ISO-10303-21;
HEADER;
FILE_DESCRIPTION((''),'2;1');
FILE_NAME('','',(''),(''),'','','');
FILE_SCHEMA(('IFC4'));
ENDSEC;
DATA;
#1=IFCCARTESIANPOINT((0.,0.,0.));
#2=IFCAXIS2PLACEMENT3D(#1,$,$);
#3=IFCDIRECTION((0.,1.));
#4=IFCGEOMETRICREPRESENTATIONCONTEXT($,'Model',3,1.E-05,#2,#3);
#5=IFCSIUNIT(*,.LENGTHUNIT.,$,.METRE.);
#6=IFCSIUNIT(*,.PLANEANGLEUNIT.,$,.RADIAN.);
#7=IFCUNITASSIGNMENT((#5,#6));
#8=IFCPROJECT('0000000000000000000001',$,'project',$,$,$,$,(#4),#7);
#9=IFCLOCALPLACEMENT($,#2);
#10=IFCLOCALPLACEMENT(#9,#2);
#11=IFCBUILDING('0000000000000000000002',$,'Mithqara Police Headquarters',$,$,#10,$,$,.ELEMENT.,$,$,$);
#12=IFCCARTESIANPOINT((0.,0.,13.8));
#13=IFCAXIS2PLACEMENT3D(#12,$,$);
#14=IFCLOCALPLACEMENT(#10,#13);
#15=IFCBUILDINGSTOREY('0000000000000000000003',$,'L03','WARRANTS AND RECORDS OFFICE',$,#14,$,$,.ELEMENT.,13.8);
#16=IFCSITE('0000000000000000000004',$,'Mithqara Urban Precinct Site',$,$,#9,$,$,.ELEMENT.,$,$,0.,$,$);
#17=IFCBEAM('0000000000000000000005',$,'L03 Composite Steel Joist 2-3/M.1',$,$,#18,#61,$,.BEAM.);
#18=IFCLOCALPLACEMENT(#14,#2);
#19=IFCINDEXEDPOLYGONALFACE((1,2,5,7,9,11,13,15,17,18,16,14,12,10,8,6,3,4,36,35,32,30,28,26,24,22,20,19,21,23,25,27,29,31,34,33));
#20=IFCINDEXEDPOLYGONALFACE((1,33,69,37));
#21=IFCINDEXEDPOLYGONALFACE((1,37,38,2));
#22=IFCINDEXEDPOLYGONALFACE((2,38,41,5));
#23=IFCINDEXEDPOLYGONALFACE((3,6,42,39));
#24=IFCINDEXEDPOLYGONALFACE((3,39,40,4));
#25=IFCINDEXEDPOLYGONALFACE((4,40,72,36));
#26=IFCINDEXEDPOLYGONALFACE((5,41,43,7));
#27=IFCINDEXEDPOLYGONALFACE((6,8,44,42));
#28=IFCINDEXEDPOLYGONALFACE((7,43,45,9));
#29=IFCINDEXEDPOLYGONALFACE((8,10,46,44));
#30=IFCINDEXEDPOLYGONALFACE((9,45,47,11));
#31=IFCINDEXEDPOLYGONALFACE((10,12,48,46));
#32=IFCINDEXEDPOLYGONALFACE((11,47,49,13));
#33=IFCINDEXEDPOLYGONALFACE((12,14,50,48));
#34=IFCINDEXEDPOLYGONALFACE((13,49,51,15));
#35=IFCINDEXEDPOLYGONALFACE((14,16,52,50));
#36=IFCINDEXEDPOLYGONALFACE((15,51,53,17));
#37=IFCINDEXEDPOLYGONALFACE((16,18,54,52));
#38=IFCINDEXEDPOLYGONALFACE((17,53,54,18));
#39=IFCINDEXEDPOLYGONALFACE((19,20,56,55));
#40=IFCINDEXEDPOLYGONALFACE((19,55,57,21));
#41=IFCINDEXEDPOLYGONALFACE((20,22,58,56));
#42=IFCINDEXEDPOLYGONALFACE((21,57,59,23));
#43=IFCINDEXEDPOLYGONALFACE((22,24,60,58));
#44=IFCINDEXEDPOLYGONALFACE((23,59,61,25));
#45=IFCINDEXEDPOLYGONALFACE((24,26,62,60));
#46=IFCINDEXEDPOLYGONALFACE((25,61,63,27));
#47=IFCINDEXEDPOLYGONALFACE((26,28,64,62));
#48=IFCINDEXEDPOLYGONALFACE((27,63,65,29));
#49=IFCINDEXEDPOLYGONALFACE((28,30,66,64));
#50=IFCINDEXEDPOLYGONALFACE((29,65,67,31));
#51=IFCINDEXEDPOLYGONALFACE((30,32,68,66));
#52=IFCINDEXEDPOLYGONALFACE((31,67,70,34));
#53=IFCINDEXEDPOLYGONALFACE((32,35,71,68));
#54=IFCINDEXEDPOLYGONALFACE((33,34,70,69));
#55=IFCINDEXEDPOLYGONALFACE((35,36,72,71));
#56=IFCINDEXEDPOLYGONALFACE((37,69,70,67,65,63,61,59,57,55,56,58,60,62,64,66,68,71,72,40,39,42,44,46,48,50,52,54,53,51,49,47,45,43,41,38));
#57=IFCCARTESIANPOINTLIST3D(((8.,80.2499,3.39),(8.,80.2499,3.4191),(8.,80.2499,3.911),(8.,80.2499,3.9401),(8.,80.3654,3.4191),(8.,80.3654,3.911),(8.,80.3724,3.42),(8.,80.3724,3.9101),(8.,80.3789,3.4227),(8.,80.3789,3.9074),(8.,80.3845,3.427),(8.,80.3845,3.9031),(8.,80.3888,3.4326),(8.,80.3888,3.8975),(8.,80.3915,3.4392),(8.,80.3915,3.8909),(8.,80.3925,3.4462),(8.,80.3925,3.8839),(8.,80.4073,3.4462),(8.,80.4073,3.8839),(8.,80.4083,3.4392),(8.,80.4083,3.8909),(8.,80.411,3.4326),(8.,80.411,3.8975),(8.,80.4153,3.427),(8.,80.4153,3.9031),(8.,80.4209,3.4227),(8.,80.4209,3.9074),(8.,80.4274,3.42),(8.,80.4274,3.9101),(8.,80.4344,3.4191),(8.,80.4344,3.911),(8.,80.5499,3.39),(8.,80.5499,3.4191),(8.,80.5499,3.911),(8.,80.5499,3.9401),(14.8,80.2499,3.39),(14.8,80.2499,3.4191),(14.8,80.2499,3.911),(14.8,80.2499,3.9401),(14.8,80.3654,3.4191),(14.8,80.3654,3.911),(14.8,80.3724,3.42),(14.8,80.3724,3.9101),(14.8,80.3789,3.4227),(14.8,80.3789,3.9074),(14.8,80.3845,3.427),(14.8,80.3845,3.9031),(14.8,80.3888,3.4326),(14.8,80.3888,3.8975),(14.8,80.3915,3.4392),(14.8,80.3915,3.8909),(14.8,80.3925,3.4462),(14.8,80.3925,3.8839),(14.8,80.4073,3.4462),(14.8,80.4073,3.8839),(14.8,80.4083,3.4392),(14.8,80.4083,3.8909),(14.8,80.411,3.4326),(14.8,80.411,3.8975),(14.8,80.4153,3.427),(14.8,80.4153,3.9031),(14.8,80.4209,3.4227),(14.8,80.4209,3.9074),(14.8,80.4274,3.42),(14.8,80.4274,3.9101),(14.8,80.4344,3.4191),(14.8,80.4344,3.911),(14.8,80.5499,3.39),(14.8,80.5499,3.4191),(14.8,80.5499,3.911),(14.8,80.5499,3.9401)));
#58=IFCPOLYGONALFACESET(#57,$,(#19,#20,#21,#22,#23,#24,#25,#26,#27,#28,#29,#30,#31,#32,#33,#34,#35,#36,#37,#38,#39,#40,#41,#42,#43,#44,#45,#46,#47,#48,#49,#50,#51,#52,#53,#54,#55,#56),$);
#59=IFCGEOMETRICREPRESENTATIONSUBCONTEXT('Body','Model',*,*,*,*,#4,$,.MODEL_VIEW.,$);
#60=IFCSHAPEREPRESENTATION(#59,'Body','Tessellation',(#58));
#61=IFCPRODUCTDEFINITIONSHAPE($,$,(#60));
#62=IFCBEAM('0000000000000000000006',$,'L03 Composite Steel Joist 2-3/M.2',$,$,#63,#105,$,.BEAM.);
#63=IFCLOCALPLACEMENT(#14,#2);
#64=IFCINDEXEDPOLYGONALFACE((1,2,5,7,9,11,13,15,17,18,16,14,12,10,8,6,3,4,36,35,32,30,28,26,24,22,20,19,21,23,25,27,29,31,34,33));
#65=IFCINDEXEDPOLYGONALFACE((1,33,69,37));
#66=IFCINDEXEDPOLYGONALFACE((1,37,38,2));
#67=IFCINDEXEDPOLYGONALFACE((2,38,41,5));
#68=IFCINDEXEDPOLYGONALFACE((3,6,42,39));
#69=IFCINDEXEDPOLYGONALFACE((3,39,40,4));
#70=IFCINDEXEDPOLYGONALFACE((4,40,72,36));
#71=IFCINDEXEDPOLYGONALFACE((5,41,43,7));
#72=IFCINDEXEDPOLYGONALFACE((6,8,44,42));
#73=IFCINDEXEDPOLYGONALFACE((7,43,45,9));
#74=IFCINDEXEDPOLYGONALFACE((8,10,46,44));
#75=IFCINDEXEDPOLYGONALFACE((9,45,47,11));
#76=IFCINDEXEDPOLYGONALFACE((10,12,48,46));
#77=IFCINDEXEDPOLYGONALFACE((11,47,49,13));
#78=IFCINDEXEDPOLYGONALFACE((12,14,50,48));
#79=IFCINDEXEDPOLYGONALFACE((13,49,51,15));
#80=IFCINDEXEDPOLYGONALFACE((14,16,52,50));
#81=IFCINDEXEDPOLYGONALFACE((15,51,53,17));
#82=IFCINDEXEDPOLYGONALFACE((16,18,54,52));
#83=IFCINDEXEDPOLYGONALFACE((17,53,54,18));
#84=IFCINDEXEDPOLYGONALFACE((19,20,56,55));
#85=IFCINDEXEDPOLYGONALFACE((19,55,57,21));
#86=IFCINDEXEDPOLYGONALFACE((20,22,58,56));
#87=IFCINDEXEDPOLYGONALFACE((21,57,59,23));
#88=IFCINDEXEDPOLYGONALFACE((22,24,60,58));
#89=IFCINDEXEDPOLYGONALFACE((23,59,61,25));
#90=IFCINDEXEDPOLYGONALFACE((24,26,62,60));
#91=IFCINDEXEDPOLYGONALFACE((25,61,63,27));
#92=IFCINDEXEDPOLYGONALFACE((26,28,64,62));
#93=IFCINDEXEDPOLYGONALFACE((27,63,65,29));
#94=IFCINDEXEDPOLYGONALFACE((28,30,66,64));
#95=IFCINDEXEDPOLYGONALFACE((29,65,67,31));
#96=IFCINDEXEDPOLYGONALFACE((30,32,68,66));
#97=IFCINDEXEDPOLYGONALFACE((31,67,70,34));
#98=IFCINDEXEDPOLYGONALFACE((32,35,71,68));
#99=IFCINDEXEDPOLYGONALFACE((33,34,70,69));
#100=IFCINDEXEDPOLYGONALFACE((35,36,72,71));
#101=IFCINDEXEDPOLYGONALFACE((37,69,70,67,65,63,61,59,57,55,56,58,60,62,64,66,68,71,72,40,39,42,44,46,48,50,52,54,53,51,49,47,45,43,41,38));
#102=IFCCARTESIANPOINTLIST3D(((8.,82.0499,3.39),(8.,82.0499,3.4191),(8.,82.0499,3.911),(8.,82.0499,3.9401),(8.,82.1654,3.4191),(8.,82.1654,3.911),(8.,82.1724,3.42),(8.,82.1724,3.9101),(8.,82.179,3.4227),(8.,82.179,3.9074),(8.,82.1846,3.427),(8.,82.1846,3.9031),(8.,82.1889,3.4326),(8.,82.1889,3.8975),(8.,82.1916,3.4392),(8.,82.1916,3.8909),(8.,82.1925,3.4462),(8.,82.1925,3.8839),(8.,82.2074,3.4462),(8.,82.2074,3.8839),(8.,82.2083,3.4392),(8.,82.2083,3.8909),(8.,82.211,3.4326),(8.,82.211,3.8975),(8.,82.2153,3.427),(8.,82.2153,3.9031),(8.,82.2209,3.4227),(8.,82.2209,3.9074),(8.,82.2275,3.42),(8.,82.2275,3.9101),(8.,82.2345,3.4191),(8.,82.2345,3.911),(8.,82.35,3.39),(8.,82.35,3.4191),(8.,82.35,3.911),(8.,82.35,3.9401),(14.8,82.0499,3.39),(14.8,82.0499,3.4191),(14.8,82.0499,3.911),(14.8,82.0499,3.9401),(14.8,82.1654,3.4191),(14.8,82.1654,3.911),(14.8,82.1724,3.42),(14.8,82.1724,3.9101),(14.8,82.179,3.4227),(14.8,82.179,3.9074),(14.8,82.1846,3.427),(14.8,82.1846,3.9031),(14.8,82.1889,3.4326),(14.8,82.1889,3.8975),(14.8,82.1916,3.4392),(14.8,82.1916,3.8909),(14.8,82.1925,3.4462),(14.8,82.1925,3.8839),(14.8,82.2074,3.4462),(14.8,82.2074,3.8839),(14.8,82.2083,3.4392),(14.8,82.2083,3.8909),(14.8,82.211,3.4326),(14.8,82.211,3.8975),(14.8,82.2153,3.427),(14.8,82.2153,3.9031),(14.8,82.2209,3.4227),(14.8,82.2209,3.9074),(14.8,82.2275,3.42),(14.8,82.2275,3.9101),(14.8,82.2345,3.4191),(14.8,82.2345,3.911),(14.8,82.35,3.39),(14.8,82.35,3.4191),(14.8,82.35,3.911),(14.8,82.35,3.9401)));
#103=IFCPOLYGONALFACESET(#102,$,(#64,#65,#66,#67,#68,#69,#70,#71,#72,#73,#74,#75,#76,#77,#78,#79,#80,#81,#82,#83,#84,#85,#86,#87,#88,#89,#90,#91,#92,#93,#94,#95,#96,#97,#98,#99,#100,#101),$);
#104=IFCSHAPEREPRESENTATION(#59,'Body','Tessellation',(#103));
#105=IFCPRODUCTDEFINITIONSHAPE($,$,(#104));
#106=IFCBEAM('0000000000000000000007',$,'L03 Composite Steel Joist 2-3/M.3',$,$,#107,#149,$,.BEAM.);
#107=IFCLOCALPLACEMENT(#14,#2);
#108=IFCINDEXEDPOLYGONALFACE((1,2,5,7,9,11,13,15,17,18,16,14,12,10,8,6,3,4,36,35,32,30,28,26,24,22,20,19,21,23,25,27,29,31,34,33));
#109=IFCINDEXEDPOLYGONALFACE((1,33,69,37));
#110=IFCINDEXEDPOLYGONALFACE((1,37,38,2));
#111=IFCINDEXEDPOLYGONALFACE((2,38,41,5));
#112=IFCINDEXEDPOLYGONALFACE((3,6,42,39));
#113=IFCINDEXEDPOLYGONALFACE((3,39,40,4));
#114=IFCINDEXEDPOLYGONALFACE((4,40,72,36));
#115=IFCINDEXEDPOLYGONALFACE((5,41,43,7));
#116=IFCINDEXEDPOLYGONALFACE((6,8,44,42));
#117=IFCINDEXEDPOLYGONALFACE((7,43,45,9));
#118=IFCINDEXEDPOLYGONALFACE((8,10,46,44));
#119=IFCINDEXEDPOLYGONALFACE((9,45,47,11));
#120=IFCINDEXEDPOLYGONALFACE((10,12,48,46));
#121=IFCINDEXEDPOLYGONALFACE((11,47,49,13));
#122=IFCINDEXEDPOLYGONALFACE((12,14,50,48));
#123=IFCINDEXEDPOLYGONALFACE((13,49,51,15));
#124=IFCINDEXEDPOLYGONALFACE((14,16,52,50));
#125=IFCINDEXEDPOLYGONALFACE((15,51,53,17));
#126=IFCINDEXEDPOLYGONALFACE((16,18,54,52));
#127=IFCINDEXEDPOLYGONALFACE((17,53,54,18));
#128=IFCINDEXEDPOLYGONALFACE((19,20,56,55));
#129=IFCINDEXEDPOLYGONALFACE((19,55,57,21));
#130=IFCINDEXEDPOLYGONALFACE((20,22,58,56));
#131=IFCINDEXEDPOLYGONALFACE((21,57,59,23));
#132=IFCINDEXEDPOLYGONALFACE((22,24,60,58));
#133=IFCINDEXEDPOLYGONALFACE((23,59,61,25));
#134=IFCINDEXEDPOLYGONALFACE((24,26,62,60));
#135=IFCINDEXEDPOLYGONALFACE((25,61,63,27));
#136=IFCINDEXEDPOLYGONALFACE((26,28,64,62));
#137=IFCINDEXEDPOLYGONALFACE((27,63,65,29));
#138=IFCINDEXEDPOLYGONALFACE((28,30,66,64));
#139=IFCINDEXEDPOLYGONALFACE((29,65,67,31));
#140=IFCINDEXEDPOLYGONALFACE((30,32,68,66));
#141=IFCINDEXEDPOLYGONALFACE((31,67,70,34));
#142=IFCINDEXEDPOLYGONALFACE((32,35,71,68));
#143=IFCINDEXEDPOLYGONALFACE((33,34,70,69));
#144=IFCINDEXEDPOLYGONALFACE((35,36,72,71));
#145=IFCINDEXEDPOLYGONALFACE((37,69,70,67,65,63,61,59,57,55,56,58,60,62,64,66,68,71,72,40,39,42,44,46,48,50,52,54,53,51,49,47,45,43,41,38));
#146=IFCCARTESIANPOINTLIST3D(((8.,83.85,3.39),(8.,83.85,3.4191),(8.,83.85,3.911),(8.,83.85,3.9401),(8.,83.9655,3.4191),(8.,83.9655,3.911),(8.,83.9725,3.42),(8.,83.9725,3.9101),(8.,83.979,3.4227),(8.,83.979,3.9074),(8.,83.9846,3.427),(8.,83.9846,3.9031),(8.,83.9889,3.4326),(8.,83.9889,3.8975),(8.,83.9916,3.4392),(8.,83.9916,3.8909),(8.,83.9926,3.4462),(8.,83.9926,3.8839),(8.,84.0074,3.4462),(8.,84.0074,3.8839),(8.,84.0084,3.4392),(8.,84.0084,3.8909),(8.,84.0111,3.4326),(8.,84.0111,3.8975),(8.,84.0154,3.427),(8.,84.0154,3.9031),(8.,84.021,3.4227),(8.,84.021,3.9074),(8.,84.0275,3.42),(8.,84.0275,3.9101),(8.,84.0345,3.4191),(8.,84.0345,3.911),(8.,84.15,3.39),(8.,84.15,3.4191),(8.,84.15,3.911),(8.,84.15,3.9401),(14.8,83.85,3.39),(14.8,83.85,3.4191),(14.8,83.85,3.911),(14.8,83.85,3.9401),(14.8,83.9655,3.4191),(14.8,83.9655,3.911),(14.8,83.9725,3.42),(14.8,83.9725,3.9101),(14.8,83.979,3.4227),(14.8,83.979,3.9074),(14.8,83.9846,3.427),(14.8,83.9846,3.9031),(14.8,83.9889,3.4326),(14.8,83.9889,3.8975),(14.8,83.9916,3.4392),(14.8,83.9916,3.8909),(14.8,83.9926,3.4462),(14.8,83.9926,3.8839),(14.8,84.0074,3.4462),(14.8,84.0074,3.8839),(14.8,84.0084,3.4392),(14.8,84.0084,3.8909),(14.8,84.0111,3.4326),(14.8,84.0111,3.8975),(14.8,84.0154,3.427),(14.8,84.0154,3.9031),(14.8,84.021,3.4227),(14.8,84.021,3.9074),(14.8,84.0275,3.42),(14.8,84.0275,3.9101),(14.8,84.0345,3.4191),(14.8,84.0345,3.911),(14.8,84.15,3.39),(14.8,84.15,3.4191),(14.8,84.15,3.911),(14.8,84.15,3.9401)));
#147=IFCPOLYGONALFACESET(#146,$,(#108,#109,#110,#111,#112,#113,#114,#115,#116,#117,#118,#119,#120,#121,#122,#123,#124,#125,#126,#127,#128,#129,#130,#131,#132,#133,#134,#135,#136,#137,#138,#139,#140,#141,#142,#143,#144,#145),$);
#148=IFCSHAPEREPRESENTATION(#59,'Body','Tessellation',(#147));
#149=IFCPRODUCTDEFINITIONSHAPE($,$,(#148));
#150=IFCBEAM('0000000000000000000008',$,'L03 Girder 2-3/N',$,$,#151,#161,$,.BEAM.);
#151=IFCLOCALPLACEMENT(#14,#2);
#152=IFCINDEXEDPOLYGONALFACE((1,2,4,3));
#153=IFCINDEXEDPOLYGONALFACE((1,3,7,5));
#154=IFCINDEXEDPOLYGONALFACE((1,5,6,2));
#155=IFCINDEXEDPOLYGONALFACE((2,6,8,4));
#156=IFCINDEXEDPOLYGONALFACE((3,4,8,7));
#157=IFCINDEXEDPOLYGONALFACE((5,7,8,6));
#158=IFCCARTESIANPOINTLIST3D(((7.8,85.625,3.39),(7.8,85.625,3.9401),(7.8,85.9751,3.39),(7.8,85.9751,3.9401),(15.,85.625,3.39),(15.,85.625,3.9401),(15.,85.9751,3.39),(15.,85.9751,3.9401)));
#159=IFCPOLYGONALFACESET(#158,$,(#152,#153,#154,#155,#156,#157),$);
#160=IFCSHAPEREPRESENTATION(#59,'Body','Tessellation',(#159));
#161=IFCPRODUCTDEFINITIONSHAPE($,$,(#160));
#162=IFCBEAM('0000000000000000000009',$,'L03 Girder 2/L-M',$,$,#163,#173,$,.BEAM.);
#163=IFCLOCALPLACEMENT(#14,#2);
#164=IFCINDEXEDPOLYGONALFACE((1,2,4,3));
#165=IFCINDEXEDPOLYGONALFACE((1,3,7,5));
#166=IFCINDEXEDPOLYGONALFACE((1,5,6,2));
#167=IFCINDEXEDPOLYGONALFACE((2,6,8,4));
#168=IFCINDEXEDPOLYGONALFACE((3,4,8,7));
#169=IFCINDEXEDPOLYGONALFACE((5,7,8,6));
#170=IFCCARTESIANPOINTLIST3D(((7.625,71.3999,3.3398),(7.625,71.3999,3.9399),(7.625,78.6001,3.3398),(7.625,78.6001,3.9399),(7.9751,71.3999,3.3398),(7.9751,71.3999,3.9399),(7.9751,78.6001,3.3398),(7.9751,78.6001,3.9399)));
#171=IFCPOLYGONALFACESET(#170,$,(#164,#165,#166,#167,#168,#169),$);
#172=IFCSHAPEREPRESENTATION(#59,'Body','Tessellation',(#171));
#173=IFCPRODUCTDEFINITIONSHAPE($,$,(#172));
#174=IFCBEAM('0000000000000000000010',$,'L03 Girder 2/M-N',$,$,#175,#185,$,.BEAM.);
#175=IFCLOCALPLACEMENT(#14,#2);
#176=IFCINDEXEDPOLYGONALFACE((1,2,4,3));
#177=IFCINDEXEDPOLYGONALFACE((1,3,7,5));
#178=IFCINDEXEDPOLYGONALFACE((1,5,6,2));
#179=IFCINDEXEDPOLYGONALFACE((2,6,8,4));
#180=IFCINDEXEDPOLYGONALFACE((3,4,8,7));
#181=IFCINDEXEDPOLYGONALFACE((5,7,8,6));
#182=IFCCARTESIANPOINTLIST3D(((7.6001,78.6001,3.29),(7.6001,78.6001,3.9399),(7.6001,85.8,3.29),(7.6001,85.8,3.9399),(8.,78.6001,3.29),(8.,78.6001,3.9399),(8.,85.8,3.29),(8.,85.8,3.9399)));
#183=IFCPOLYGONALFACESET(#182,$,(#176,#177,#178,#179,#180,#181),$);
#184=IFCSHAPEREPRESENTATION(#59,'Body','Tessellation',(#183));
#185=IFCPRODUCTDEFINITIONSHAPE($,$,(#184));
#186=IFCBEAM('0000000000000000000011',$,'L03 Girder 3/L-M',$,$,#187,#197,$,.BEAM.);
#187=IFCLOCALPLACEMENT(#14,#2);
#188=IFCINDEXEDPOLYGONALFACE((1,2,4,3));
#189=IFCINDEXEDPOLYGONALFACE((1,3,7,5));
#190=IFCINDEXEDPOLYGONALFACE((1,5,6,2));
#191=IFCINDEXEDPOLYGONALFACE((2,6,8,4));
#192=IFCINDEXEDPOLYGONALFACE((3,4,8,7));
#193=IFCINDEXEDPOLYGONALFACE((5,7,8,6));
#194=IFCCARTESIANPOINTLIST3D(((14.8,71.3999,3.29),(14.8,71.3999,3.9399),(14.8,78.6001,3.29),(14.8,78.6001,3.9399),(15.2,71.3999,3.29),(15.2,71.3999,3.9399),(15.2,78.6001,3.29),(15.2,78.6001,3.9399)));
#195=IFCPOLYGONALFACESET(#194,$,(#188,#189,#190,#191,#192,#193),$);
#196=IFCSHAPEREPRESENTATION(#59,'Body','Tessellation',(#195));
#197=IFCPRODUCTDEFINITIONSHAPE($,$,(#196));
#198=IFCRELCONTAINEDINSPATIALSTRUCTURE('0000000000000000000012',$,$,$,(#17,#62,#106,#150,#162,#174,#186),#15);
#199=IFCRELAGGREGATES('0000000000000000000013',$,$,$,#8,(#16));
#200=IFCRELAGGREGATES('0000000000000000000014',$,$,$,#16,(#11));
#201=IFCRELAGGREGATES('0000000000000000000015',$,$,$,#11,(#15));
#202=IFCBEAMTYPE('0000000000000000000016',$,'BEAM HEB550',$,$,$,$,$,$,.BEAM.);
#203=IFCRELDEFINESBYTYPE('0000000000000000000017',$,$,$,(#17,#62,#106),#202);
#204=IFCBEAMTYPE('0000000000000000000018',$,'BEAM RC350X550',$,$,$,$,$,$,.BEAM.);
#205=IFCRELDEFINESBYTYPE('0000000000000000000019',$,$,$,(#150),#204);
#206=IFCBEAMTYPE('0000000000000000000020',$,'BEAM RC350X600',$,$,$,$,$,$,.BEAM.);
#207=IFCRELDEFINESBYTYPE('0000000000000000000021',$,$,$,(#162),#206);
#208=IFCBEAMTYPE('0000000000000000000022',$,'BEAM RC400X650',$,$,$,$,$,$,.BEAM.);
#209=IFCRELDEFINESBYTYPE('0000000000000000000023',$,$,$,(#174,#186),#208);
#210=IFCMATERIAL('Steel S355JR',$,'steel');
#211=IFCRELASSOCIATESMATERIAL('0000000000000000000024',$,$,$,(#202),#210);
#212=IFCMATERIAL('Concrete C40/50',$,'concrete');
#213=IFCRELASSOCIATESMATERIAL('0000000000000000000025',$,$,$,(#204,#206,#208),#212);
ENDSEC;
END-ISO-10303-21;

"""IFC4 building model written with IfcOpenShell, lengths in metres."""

from ifc_helpers import new_model, si_unit, direction, frame, origin, origin_2d, place, context, subcontext, project, spatial, rectangle, i_section, extrude, material, material_profile, profile_set, type_object, element, save


model = new_model("IFC4")

# Units and contexts
model_context = context("Model", 3, precision=1e-05, world=origin(), true_north=direction((0.0, 1.0)))
body_context = subcontext(model_context, "Body", "Model", "MODEL_VIEW")
ifc_project = project(units=[si_unit("LENGTHUNIT", "METRE"), si_unit("PLANEANGLEUNIT", "RADIAN")], contexts=[model_context])

# Site, building, storey
site_placement = place(None, origin())
site = spatial("IfcSite", under=ifc_project, at=site_placement, Name="Mithqara Urban Precinct Site", CompositionType="ELEMENT", RefElevation=0.0)
building_placement = place(site_placement, origin())
building = spatial("IfcBuilding", under=site, at=building_placement, Name="Mithqara Police Headquarters", CompositionType="ELEMENT")
storey_placement = place(building_placement, frame((0.0, 0.0, 13.8)))
storey = spatial("IfcBuildingStorey", under=building, at=storey_placement, Name="L03", Description="WARRANTS AND RECORDS OFFICE", CompositionType="ELEMENT", Elevation=13.8)

# Beams
ifc_material_1 = material(Name="Steel S355JR", Category="steel")
ifc_material_profile_1 = material_profile(ifc_material_1, i_section(OverallWidth=0.3, OverallDepth=0.55, WebThickness=0.0149, FlangeThickness=0.0291, FilletRadius=0.0271, at=origin_2d()), Name="HEB 550")
ifc_profile_set_1 = profile_set([ifc_material_profile_1], Name="Steel S355JR")
beam_type_1 = type_object("IfcBeamType", Name="BEAM HEB550", PredefinedType="BEAM", material=ifc_profile_set_1)
for number, where, z_axis, x_axis, name in (
    (1, (8.0, 80.3999, 3.665), (1.0, 0.0, 0.0), (0.0, 1.0, 0.0), "L03 Composite Steel Joist 2-3/M.1"),
    (2, (8.0, 82.2, 3.665), (1.0, 0.0, 0.0), (0.0, 1.0, 0.0), "L03 Composite Steel Joist 2-3/M.2"),
    (3, (8.0, 84.0, 3.665), (1.0, 0.0, 0.0), (0.0, 1.0, 0.0), "L03 Composite Steel Joist 2-3/M.3"),
):
    element("IfcBeam", number, at=place(storey_placement, frame(where, z_axis=z_axis, x_axis=x_axis)), inside=storey, type_object=beam_type_1, Name=name, PredefinedType="BEAM", context=body_context, shape_type="SweptSolid", body=[
        extrude(i_section(OverallWidth=0.3, OverallDepth=0.55, WebThickness=0.0149, FlangeThickness=0.0291, FilletRadius=0.0271, at=origin_2d()), origin(), (0.0, 0.0, 1.0), 6.8),
    ])
ifc_material_2 = material(Name="Concrete C40/50", Category="concrete")
ifc_material_profile_2 = material_profile(ifc_material_2, rectangle(XDim=0.3501, YDim=0.55, at=origin_2d()), Name="RC 350x550")
ifc_profile_set_2 = profile_set([ifc_material_profile_2], Name="Concrete C40/50")
beam_type_2 = type_object("IfcBeamType", Name="BEAM RC350X550", PredefinedType="BEAM", material=ifc_profile_set_2)
beam_1_placement = place(storey_placement, frame((7.8, 85.8, 3.665), z_axis=(1.0, 0.0, 0.0), x_axis=(0.0, 1.0, 0.0)))
element("IfcBeam", 4, at=beam_1_placement, inside=storey, type_object=beam_type_2, Name="L03 Girder 2-3/N", PredefinedType="BEAM", context=body_context, shape_type="SweptSolid", body=[
    extrude(rectangle(XDim=0.3501, YDim=0.55, at=origin_2d()), origin(), (0.0, 0.0, 1.0), 7.2),
])
ifc_material_profile_3 = material_profile(ifc_material_2, rectangle(XDim=0.3501, YDim=0.6001, at=origin_2d()), Name="RC 350x600")
ifc_profile_set_3 = profile_set([ifc_material_profile_3], Name="Concrete C40/50")
beam_type_3 = type_object("IfcBeamType", Name="BEAM RC350X600", PredefinedType="BEAM", material=ifc_profile_set_3)
beam_2_placement = place(storey_placement, frame((7.8, 71.3999, 3.6399), z_axis=(0.0, 1.0, 0.0), x_axis=(-1.0, 0.0, 0.0)))
element("IfcBeam", 5, at=beam_2_placement, inside=storey, type_object=beam_type_3, Name="L03 Girder 2/L-M", PredefinedType="BEAM", context=body_context, shape_type="SweptSolid", body=[
    extrude(rectangle(XDim=0.3501, YDim=0.6001, at=origin_2d()), origin(), (0.0, 0.0, 1.0), 7.2002),
])
ifc_material_profile_4 = material_profile(ifc_material_2, rectangle(XDim=0.3999, YDim=0.6499, at=origin_2d()), Name="RC 400x650")
ifc_profile_set_4 = profile_set([ifc_material_profile_4], Name="Concrete C40/50")
beam_type_4 = type_object("IfcBeamType", Name="BEAM RC400X650", PredefinedType="BEAM", material=ifc_profile_set_4)
beam_3_placement = place(storey_placement, frame((7.8, 78.6001, 3.615), z_axis=(0.0, 1.0, 0.0), x_axis=(-1.0, 0.0, 0.0)))
element("IfcBeam", 6, at=beam_3_placement, inside=storey, type_object=beam_type_4, Name="L03 Girder 2/M-N", PredefinedType="BEAM", context=body_context, shape_type="SweptSolid", body=[
    extrude(rectangle(XDim=0.3999, YDim=0.6499, at=origin_2d()), origin(), (0.0, 0.0, 1.0), 7.2),
])
beam_4_placement = place(storey_placement, frame((15.0, 71.3999, 3.615), z_axis=(0.0, 1.0, 0.0), x_axis=(-1.0, 0.0, 0.0)))
element("IfcBeam", 7, at=beam_4_placement, inside=storey, type_object=beam_type_4, Name="L03 Girder 3/L-M", PredefinedType="BEAM", context=body_context, shape_type="SweptSolid", body=[
    extrude(rectangle(XDim=0.3999, YDim=0.6499, at=origin_2d()), origin(), (0.0, 0.0, 1.0), 7.2002),
])

save(model, "model.ifc")
